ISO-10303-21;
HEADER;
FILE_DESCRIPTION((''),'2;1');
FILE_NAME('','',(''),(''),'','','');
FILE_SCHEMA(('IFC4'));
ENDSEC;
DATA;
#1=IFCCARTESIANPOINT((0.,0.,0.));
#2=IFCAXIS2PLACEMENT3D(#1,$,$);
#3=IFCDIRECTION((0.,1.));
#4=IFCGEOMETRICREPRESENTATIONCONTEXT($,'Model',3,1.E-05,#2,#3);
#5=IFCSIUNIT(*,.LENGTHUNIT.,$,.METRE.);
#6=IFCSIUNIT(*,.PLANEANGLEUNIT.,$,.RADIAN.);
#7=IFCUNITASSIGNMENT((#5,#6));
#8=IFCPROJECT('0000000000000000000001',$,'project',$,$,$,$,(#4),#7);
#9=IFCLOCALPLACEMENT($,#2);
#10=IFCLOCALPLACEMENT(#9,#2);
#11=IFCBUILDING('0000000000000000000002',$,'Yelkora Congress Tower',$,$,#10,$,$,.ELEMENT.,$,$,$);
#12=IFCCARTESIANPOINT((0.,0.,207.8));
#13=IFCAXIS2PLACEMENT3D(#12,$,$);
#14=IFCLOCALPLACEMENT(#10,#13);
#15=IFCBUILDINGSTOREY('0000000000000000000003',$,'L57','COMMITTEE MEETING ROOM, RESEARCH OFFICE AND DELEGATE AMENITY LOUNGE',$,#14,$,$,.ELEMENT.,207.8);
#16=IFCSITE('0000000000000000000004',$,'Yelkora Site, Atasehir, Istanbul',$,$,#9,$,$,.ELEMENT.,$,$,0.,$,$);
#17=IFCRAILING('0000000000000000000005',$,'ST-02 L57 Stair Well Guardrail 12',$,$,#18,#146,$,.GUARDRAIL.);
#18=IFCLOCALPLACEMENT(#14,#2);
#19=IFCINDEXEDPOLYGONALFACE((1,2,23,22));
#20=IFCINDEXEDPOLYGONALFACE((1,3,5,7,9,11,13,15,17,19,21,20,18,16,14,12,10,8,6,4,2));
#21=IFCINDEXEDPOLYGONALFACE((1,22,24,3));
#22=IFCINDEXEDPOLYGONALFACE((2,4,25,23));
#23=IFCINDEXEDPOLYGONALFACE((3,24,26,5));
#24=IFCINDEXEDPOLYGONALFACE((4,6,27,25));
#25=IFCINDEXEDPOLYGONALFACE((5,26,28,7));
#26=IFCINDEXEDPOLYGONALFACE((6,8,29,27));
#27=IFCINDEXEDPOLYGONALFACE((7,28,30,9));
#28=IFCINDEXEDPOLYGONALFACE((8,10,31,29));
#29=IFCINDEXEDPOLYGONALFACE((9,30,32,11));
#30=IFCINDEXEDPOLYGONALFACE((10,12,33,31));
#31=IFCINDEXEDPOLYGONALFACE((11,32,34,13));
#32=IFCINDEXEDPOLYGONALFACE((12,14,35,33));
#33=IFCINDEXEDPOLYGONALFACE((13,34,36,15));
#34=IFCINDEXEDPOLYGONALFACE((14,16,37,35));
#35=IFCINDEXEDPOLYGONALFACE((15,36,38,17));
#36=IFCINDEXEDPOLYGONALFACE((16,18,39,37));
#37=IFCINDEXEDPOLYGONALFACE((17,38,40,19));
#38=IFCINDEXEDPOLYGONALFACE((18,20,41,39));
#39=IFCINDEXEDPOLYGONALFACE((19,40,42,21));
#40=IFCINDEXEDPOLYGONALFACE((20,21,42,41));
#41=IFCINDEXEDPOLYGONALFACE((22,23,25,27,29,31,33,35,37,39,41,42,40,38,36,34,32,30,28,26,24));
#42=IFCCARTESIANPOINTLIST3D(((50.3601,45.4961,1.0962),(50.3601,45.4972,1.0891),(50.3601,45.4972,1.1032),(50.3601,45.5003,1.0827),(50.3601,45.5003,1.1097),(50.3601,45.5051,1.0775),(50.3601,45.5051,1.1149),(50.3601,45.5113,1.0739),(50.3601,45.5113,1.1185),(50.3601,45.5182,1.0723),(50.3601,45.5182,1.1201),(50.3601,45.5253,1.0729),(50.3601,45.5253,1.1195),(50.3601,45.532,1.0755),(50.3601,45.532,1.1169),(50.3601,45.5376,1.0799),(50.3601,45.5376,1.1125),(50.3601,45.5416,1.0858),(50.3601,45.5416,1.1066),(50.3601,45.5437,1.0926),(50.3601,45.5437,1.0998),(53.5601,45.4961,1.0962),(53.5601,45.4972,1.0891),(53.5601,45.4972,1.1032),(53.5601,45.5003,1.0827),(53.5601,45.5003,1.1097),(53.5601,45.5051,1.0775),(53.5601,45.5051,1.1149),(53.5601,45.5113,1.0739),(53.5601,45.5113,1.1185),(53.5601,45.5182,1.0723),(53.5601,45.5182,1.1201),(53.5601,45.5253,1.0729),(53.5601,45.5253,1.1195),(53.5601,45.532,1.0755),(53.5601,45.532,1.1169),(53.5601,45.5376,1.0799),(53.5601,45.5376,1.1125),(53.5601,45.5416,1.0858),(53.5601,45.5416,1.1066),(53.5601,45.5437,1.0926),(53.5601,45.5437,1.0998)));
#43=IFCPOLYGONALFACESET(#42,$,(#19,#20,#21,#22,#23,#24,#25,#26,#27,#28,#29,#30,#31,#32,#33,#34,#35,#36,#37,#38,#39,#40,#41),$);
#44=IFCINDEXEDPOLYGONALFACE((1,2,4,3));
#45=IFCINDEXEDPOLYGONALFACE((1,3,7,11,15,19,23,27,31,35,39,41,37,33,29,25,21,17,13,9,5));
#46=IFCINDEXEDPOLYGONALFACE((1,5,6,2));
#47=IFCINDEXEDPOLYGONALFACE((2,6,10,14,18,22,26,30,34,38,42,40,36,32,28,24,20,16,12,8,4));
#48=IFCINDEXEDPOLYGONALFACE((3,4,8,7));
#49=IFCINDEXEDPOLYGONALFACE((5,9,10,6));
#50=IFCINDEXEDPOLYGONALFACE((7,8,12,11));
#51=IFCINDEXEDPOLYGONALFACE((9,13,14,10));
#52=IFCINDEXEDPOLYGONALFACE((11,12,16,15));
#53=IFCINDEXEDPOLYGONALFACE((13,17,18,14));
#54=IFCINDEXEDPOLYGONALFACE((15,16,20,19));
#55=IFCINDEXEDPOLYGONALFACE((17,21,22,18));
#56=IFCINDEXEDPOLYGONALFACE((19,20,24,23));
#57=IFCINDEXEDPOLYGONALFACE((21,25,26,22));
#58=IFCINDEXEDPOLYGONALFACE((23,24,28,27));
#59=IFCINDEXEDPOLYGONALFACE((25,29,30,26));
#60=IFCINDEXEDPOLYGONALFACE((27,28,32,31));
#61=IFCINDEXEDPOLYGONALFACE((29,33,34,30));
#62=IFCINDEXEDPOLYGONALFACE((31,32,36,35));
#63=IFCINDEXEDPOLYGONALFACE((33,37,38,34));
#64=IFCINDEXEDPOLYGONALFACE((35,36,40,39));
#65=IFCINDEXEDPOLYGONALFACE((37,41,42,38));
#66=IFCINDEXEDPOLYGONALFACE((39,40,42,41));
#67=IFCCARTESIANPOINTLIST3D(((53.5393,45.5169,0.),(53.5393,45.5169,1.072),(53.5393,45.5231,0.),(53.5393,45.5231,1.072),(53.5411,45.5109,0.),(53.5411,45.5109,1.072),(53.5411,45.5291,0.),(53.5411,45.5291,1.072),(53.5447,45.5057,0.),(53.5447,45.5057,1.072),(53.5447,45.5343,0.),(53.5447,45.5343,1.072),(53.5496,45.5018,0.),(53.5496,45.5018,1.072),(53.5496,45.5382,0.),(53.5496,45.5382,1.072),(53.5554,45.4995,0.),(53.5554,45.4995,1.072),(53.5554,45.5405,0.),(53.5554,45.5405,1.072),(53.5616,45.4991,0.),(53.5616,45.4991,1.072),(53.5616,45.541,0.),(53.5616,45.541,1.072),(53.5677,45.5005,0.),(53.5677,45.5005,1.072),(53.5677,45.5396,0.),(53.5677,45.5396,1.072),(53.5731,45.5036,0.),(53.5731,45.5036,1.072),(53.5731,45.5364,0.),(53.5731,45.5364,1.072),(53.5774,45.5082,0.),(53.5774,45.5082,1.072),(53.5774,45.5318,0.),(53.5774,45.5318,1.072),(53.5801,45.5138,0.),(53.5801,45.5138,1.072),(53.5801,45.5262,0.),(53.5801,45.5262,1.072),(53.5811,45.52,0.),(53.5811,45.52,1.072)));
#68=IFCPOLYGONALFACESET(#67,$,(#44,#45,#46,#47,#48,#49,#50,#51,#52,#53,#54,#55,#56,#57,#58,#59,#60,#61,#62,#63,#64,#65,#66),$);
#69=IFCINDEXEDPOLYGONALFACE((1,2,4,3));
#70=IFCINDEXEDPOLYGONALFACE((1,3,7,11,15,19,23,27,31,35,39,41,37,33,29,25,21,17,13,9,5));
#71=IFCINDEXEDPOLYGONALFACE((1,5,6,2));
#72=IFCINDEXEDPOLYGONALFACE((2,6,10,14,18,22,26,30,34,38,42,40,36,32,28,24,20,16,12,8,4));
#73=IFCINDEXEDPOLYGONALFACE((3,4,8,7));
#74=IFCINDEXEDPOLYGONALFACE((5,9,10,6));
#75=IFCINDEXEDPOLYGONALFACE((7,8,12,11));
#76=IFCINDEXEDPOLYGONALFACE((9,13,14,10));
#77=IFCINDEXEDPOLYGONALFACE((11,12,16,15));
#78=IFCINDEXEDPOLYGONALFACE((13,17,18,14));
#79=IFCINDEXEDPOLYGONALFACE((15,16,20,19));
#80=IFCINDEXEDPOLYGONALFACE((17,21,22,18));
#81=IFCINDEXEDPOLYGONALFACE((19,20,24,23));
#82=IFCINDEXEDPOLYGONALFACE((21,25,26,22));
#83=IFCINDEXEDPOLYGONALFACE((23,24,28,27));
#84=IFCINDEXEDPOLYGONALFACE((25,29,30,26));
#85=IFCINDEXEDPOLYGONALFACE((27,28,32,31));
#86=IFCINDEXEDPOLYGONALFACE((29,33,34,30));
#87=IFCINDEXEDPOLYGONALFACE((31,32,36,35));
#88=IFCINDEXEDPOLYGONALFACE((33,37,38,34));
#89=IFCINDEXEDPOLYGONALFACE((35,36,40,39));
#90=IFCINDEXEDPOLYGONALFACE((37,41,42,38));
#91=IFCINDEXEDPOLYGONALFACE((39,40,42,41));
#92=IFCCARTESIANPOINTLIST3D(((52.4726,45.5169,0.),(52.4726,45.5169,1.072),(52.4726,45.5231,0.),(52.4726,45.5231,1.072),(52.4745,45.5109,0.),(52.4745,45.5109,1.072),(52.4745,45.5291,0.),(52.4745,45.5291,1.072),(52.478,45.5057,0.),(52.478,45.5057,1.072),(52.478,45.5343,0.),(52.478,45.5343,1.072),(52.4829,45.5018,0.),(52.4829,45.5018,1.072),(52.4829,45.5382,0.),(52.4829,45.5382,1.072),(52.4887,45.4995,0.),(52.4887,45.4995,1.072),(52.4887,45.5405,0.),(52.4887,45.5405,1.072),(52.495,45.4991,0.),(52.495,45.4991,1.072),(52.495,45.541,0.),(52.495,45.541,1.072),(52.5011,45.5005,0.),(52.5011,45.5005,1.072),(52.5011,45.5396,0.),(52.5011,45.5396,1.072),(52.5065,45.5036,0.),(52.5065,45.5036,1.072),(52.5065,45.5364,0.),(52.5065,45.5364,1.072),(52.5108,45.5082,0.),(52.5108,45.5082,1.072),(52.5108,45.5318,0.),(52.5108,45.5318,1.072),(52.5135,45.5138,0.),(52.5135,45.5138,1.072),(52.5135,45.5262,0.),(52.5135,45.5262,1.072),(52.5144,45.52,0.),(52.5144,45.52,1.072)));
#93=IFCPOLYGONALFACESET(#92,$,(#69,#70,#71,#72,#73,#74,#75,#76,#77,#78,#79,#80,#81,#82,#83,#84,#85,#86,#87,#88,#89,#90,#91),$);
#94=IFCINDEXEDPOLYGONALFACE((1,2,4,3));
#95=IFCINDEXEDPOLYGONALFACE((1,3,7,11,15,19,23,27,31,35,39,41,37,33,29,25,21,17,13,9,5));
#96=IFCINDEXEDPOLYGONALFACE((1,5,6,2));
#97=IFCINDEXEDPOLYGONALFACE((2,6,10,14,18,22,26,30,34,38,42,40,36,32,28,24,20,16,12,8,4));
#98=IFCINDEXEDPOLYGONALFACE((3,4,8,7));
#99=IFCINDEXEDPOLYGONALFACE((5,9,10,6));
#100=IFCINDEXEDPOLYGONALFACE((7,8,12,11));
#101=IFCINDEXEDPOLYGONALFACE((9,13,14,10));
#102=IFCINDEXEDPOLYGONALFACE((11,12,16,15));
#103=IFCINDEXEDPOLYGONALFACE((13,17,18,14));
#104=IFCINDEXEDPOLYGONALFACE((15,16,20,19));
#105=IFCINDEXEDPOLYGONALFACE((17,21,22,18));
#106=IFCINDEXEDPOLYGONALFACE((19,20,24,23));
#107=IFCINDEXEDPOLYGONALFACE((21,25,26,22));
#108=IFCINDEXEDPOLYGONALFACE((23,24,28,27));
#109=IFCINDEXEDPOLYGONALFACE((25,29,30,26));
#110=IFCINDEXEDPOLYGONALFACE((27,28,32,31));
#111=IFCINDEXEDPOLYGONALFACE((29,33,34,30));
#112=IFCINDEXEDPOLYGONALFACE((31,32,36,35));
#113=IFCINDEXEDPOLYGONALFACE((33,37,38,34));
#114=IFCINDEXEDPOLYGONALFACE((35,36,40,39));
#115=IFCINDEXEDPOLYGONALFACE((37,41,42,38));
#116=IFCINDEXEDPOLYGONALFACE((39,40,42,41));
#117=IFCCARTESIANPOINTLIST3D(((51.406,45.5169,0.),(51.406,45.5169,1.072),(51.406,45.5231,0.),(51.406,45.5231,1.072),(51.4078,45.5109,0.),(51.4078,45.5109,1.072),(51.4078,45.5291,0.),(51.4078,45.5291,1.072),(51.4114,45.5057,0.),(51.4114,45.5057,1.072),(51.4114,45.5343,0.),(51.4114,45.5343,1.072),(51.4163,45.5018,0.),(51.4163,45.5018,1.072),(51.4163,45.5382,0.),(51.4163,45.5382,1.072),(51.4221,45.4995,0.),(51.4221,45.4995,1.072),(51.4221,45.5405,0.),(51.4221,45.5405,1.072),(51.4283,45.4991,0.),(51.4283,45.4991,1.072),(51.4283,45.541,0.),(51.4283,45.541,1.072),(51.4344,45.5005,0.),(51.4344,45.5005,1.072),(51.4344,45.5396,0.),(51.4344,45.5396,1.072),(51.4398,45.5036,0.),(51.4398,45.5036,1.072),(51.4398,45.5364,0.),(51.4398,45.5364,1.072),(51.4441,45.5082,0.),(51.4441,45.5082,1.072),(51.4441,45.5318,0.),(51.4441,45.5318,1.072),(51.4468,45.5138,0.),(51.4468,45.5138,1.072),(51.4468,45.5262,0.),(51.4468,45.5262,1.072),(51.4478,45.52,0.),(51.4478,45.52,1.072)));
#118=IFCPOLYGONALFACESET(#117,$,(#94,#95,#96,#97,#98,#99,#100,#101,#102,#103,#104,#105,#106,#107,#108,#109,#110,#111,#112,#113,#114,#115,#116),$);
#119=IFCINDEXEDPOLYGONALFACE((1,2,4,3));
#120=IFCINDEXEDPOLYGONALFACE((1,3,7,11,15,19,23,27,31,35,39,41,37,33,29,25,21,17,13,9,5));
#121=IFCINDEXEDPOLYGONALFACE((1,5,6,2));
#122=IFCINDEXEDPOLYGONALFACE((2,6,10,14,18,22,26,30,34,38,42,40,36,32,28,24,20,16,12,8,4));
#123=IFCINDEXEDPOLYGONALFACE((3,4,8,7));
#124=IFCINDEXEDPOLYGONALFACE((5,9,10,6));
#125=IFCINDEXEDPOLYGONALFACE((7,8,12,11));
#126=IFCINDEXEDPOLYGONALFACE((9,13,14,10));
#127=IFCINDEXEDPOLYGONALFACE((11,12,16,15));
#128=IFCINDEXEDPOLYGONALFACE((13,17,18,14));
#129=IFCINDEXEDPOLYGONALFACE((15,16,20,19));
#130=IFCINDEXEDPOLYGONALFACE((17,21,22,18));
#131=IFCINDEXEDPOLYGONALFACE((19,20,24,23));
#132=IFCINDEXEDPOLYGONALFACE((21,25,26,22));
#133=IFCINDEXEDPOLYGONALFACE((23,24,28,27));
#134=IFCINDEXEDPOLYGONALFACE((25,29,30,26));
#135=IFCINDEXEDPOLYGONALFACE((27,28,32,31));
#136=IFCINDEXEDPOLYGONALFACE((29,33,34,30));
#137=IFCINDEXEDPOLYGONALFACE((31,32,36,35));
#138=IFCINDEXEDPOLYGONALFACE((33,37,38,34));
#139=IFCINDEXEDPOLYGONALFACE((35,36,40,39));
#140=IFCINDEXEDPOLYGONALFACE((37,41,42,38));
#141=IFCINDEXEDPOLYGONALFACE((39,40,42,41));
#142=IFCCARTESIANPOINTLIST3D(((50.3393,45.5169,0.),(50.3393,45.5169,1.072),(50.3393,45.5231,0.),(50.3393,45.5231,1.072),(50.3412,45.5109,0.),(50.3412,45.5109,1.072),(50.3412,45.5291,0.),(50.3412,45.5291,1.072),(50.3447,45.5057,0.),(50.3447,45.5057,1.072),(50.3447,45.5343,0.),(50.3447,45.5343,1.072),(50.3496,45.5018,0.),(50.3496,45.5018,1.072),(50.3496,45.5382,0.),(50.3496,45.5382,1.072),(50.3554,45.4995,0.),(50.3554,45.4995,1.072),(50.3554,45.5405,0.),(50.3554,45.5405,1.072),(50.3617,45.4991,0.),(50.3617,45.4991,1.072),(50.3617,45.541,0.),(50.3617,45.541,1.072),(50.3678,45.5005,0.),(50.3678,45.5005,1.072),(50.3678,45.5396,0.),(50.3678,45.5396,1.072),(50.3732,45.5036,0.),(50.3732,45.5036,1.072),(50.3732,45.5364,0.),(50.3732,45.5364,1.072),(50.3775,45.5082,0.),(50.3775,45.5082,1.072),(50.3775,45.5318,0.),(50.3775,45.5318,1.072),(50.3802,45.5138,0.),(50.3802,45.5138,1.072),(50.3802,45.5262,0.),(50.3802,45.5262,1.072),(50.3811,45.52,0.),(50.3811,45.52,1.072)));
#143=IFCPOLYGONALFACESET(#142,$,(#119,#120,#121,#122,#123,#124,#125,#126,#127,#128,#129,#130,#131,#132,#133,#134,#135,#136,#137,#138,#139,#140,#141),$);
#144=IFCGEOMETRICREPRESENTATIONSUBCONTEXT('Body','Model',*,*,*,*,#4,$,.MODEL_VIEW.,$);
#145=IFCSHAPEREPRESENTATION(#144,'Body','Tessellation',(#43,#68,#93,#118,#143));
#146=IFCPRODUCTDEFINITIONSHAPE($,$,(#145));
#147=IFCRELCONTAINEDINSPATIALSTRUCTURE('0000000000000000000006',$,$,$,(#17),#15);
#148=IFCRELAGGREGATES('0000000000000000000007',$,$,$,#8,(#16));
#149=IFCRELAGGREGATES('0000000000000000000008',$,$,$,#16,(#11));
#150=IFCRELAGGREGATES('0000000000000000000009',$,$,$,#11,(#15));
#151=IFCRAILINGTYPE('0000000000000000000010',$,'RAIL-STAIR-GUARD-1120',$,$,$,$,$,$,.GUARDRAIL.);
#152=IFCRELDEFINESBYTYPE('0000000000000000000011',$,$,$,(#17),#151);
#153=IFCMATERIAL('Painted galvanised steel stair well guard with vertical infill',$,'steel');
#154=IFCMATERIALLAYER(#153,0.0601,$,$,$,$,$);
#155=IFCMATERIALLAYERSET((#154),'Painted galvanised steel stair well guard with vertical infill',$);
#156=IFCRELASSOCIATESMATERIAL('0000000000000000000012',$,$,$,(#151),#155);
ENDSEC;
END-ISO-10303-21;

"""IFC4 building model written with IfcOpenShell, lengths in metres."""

from ifc_helpers import new_model, si_unit, direction, frame, origin, origin_2d, place, context, subcontext, project, spatial, circle, extrude, material, layer, layer_set, type_object, element, save


model = new_model("IFC4")

# Units and contexts
model_context = context("Model", 3, precision=1e-05, world=origin(), true_north=direction((0.0, 1.0)))
body_context = subcontext(model_context, "Body", "Model", "MODEL_VIEW")
ifc_project = project(units=[si_unit("LENGTHUNIT", "METRE"), si_unit("PLANEANGLEUNIT", "RADIAN")], contexts=[model_context])

# Site, building, storey
site_placement = place(None, origin())
site = spatial("IfcSite", under=ifc_project, at=site_placement, Name="Yelkora Site, Atasehir, Istanbul", CompositionType="ELEMENT", RefElevation=0.0)
building_placement = place(site_placement, origin())
building = spatial("IfcBuilding", under=site, at=building_placement, Name="Yelkora Congress Tower", CompositionType="ELEMENT")
storey_placement = place(building_placement, frame((0.0, 0.0, 207.8)))
storey = spatial("IfcBuildingStorey", under=building, at=storey_placement, Name="L57", Description="COMMITTEE MEETING ROOM, RESEARCH OFFICE AND DELEGATE AMENITY LOUNGE", CompositionType="ELEMENT", Elevation=207.8)

# Railing
ifc_material_1 = material(Name="Painted galvanised steel stair well guard with vertical infill", Category="steel")
ifc_layer_1 = layer(ifc_material_1, 0.0601)
ifc_layer_set_1 = layer_set([ifc_layer_1], Name="Painted galvanised steel stair well guard with vertical infill")
railing_type_1 = type_object("IfcRailingType", Name="RAIL-STAIR-GUARD-1120", PredefinedType="GUARDRAIL", material=ifc_layer_set_1)
railing_1_placement = place(storey_placement, frame((53.5601, 45.52, 0.0)))
element("IfcRailing", 1, at=railing_1_placement, inside=storey, type_object=railing_type_1, Name="ST-02 L57 Stair Well Guardrail 12", PredefinedType="GUARDRAIL", context=body_context, shape_type="SweptSolid", body=[
    extrude(circle(Radius=0.0239, at=origin_2d()), frame((0.0, 0.0, 1.0962), z_axis=(-1.0, 0.0, 0.0), x_axis=(0.0, -1.0, 0.0)), (0.0, 0.0, 1.0), 3.2),
    extrude(circle(Radius=0.021, at=origin_2d()), origin(), (0.0, 0.0, 1.0), 1.072),
    extrude(circle(Radius=0.021, at=origin_2d()), frame((-1.0667, 0.0, 0.0)), (0.0, 0.0, 1.0), 1.072),
    extrude(circle(Radius=0.021, at=origin_2d()), frame((-2.1333, 0.0, 0.0)), (0.0, 0.0, 1.0), 1.072),
    extrude(circle(Radius=0.021, at=origin_2d()), frame((-3.2, 0.0, 0.0)), (0.0, 0.0, 1.0), 1.072),
])

save(model, "model.ifc")
